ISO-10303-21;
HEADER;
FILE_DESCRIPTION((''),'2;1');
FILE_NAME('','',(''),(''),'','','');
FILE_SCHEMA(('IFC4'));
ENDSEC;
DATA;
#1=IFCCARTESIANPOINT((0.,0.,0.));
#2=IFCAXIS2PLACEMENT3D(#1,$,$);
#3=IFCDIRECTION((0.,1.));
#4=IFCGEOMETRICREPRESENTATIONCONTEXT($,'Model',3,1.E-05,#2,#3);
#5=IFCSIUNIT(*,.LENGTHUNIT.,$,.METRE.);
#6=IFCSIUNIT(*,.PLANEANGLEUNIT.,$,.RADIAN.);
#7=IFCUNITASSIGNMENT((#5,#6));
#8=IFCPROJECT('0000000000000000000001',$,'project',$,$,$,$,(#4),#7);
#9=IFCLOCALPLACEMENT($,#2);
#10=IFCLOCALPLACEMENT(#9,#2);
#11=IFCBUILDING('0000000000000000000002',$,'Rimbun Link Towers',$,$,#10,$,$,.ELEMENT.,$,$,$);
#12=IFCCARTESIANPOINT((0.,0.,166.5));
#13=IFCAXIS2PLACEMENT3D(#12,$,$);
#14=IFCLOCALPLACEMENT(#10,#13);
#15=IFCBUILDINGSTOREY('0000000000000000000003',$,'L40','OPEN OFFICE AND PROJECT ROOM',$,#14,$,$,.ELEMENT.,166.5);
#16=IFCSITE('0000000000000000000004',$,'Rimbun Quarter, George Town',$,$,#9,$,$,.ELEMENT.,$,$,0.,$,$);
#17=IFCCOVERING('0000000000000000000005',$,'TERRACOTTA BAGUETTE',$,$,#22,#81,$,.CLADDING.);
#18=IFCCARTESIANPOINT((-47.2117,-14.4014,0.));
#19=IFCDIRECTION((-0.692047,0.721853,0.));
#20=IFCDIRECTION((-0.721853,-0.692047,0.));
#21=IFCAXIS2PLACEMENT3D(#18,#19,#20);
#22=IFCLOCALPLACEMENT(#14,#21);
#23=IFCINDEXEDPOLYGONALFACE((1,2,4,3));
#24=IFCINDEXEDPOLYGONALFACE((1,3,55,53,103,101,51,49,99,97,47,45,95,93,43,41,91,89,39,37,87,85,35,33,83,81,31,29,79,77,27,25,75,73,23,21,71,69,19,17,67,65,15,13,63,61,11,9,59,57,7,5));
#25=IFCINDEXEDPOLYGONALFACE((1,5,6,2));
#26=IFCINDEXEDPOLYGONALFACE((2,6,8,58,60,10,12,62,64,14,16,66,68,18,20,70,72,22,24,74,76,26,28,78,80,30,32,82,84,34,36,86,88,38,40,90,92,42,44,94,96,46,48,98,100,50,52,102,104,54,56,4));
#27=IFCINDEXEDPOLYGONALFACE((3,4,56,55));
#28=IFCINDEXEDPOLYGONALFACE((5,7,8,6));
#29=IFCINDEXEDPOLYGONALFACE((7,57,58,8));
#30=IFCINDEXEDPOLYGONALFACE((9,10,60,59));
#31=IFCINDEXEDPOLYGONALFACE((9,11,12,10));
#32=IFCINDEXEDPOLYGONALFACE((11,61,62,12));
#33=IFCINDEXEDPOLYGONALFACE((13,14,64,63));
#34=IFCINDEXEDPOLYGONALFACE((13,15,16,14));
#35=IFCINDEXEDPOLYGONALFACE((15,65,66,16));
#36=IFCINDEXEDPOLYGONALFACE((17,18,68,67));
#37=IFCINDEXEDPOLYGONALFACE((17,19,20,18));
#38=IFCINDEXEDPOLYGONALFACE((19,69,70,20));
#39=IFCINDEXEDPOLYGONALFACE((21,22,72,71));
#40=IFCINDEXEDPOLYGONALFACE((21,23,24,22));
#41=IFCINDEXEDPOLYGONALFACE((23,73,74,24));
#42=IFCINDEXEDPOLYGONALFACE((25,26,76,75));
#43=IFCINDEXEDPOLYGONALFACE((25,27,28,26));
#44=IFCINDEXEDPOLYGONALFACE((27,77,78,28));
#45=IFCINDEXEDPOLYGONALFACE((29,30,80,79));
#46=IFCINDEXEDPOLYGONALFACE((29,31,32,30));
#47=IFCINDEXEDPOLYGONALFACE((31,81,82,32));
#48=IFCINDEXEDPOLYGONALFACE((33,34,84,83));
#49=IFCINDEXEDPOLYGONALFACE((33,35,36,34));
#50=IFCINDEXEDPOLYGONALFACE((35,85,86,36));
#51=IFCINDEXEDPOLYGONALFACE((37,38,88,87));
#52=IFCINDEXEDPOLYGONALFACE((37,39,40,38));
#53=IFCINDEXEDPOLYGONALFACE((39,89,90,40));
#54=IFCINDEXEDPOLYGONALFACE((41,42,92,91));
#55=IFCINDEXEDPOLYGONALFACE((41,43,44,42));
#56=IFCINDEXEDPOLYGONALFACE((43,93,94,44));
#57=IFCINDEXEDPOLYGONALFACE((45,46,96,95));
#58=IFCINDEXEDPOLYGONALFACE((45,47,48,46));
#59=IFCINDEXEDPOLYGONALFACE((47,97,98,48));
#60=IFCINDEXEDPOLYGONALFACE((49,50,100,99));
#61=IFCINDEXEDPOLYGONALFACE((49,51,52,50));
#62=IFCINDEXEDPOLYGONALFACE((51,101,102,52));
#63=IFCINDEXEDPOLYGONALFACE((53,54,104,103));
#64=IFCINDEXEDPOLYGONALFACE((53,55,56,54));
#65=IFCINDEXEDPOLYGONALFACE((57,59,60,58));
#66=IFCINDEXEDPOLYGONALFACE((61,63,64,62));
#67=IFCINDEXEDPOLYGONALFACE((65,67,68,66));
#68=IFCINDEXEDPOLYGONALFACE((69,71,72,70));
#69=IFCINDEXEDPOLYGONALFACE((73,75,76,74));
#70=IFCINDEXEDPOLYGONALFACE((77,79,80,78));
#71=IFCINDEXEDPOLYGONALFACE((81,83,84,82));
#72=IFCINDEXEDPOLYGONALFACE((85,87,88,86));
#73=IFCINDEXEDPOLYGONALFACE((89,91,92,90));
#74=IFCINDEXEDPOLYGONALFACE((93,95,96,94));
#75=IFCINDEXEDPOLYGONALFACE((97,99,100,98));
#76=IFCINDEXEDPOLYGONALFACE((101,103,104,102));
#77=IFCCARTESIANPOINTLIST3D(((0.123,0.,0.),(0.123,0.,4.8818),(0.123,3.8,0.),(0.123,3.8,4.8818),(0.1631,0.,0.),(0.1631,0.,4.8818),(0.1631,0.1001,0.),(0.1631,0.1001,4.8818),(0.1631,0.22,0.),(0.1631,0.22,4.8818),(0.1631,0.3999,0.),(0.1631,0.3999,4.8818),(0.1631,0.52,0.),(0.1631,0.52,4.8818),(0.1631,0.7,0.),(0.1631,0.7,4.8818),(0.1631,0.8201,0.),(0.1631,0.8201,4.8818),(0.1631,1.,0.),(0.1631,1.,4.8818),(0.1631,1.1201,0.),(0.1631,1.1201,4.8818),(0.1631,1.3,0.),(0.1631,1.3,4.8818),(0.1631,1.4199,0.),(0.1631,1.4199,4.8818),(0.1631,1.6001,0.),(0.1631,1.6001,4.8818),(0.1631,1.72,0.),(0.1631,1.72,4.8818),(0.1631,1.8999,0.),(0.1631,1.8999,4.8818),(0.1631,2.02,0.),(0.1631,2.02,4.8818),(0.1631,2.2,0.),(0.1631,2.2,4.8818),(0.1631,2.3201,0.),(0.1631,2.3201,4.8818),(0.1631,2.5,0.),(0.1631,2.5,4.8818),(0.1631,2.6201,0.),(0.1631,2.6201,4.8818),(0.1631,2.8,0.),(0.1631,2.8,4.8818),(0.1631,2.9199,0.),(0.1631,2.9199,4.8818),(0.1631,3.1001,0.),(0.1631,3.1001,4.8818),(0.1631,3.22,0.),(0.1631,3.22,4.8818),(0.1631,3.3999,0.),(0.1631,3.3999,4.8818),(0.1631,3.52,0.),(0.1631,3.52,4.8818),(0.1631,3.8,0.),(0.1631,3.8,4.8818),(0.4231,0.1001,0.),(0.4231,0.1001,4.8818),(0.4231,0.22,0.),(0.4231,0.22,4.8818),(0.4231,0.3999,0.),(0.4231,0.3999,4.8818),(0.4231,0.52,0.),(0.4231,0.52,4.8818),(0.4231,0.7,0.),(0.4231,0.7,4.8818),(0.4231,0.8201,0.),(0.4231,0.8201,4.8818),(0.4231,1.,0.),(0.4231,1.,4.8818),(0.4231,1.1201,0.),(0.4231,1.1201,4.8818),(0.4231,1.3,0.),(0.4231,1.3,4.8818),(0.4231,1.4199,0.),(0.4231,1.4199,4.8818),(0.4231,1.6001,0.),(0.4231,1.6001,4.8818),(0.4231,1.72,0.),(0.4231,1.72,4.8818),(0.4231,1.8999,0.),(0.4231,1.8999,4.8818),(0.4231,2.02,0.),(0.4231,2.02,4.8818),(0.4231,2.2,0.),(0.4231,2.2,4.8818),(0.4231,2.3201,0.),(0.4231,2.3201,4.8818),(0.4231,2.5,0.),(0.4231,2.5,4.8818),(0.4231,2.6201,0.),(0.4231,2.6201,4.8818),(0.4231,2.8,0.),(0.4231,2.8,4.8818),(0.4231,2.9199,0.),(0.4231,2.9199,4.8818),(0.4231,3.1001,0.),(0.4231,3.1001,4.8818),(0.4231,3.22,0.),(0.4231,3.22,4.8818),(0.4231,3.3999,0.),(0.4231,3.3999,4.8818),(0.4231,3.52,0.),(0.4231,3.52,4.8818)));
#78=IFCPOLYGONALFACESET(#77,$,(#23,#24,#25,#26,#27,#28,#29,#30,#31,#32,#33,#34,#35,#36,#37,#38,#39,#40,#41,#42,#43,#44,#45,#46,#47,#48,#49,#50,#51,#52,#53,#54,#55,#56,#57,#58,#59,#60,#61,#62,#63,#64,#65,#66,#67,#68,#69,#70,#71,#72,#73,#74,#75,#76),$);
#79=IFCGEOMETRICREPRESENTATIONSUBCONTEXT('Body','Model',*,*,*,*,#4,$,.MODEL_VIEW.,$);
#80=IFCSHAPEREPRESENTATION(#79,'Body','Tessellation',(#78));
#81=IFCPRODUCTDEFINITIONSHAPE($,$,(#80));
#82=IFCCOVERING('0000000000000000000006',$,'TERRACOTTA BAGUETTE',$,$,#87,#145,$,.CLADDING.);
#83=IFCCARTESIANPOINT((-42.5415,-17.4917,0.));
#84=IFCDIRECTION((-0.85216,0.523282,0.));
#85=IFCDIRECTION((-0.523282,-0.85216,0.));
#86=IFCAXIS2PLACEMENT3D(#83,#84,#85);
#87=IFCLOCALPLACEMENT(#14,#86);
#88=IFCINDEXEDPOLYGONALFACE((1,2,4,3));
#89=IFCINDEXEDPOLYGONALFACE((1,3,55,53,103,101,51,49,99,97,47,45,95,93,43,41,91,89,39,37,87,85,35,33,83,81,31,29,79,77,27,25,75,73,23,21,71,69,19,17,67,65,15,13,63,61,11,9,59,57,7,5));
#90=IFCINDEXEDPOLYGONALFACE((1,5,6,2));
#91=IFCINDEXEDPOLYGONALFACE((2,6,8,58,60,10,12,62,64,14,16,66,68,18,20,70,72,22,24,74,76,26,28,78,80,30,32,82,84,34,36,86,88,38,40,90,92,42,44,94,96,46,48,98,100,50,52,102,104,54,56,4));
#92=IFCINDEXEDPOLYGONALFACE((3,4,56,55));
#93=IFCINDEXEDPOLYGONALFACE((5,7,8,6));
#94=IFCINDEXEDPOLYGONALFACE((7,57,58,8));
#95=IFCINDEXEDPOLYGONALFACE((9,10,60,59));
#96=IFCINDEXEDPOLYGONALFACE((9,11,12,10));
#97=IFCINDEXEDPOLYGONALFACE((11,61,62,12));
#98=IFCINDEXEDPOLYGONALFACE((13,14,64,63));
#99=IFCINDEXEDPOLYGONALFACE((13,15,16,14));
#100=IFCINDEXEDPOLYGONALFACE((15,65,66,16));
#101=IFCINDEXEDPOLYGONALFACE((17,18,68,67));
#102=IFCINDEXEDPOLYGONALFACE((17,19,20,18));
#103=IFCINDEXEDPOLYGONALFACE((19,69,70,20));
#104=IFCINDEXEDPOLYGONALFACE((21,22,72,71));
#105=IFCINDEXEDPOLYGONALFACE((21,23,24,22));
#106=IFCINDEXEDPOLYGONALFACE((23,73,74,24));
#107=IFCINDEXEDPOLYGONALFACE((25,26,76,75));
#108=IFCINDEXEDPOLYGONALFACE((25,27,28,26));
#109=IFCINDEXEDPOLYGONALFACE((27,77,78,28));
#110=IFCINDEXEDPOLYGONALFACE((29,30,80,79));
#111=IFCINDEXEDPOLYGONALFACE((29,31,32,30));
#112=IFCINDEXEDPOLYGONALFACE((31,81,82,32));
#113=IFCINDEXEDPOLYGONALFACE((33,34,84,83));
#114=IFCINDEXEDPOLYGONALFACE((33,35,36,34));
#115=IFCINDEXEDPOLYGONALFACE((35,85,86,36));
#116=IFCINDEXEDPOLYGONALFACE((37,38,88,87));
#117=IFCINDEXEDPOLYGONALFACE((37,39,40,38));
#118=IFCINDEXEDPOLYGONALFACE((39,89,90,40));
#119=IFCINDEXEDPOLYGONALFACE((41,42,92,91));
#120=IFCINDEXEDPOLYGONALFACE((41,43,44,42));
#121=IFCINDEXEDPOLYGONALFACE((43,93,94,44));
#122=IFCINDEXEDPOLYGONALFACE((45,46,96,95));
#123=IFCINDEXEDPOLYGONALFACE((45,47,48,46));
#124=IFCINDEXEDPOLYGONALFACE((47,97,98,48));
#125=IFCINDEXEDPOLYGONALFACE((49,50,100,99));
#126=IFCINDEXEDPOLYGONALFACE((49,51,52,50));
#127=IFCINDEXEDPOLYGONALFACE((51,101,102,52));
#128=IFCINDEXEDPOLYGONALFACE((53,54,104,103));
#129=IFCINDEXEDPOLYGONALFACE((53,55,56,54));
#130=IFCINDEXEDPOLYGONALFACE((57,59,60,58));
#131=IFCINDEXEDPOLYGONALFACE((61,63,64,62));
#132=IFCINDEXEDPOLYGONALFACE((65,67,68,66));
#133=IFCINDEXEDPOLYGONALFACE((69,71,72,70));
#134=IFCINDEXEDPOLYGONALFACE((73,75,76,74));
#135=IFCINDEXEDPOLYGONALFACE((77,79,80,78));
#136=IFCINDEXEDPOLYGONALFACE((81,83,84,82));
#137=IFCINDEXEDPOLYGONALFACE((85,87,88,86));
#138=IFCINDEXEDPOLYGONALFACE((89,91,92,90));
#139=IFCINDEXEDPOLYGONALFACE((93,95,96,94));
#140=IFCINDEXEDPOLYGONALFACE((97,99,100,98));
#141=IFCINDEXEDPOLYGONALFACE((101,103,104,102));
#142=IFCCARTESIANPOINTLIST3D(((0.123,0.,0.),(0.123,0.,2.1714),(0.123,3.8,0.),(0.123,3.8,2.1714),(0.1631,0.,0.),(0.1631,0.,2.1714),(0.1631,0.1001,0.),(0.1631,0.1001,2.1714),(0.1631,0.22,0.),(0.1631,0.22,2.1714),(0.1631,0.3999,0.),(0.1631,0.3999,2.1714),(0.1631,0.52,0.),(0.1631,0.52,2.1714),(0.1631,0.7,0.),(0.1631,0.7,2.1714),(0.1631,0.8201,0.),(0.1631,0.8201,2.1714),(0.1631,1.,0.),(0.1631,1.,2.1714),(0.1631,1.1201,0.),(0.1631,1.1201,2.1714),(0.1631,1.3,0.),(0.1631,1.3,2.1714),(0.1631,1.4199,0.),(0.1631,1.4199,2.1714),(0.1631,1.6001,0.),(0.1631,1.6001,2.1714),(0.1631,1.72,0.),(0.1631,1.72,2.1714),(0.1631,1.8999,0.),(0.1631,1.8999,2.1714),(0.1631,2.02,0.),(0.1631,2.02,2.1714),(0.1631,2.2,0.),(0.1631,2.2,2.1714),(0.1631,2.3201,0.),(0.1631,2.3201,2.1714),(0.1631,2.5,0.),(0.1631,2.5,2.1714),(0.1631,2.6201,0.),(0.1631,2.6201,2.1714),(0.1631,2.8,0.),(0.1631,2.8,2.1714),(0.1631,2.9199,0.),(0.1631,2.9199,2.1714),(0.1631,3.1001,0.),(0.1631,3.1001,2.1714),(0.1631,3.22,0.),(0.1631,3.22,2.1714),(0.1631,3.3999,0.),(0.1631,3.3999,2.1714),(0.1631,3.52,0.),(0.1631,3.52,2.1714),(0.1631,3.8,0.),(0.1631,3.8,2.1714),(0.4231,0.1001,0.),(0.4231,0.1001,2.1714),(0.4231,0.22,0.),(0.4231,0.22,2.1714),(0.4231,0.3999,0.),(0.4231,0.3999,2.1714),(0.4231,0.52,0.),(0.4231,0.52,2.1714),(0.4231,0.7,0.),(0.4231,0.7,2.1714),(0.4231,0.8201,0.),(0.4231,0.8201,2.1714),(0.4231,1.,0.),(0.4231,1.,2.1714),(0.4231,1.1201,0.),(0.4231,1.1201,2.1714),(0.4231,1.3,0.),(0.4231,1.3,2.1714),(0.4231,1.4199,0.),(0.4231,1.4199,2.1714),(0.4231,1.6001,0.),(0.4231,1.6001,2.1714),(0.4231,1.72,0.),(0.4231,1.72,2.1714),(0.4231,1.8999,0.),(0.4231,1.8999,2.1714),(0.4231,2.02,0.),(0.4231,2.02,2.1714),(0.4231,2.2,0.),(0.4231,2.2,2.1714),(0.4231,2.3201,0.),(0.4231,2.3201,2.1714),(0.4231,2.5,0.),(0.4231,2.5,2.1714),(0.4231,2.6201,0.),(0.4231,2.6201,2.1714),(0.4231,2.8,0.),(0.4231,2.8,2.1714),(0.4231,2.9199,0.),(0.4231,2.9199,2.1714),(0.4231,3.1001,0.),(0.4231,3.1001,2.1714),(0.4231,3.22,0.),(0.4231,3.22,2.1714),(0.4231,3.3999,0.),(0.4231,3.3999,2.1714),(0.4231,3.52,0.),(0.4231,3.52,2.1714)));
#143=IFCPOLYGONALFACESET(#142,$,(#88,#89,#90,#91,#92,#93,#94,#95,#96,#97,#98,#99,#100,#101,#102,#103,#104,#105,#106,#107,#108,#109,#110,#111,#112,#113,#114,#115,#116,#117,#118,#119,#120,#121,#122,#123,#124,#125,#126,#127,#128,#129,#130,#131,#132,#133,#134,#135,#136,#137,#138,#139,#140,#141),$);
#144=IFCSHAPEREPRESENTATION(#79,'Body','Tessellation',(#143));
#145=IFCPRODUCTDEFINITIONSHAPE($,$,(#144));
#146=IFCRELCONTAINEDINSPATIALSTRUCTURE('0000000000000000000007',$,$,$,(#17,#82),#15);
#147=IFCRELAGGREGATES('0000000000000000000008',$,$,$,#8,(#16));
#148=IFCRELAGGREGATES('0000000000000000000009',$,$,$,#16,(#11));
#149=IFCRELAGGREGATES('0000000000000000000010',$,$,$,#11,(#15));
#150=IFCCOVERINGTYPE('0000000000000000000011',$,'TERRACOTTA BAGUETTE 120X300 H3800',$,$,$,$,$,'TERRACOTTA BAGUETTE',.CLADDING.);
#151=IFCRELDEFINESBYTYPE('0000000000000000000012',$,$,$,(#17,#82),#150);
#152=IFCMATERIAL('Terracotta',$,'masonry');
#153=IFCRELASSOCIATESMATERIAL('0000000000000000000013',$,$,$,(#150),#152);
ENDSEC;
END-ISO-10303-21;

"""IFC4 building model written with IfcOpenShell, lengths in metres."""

from ifc_helpers import new_model, si_unit, direction, frame, origin, place, context, subcontext, project, spatial, polyline, outline, extrude, material, material_profile, profile_set, type_object, element, save


model = new_model("IFC4")

# Units and contexts
model_context = context("Model", 3, precision=1e-05, world=origin(), true_north=direction((0.0, 1.0)))
body_context = subcontext(model_context, "Body", "Model", "MODEL_VIEW")
ifc_project = project(units=[si_unit("LENGTHUNIT", "METRE"), si_unit("PLANEANGLEUNIT", "RADIAN")], contexts=[model_context])

# Site, building, storey
site_placement = place(None, origin())
site = spatial("IfcSite", under=ifc_project, at=site_placement, Name="Rimbun Quarter, George Town", CompositionType="ELEMENT", RefElevation=0.0)
building_placement = place(site_placement, origin())
building = spatial("IfcBuilding", under=site, at=building_placement, Name="Rimbun Link Towers", CompositionType="ELEMENT")
storey_placement = place(building_placement, frame((0.0, 0.0, 166.5)))
storey = spatial("IfcBuildingStorey", under=building, at=storey_placement, Name="L40", Description="OPEN OFFICE AND PROJECT ROOM", CompositionType="ELEMENT", Elevation=166.5)

# Coverings
ifc_material_1 = material(Name="Terracotta", Category="masonry")
ifc_material_profile_1 = material_profile(ifc_material_1, outline(polyline([(0.123, 0.0), (0.1631, 0.0), (0.1631, 0.1001), (0.4231, 0.1001), (0.4231, 0.22), (0.1631, 0.22), (0.1631, 0.3999), (0.4231, 0.3999), (0.4231, 0.52), (0.1631, 0.52), (0.1631, 0.7), (0.4231, 0.7), (0.4231, 0.8201), (0.1631, 0.8201), (0.1631, 1.0), (0.4231, 1.0), (0.4231, 1.1201), (0.1631, 1.1201), (0.1631, 1.3), (0.4231, 1.3), (0.4231, 1.4199), (0.1631, 1.4199), (0.1631, 1.6001), (0.4231, 1.6001), (0.4231, 1.72), (0.1631, 1.72), (0.1631, 1.8999), (0.4231, 1.8999), (0.4231, 2.02), (0.1631, 2.02), (0.1631, 2.2), (0.4231, 2.2), (0.4231, 2.3201), (0.1631, 2.3201), (0.1631, 2.5), (0.4231, 2.5), (0.4231, 2.6201), (0.1631, 2.6201), (0.1631, 2.8), (0.4231, 2.8), (0.4231, 2.9199), (0.1631, 2.9199), (0.1631, 3.1001), (0.4231, 3.1001), (0.4231, 3.22), (0.1631, 3.22), (0.1631, 3.3999), (0.4231, 3.3999), (0.4231, 3.52), (0.1631, 3.52), (0.1631, 3.8), (0.123, 3.8), (0.123, 0.0)])), Name="BAGUETTE 120X300")
ifc_profile_set_1 = profile_set([ifc_material_profile_1], Name="Terracotta")
covering_type = type_object("IfcCoveringType", Name="TERRACOTTA BAGUETTE 120X300 H3800", ElementType="TERRACOTTA BAGUETTE", PredefinedType="CLADDING", material=ifc_profile_set_1)
covering_1_placement = place(storey_placement, frame((-47.2117, -14.4014, 0.0), z_axis=(-0.692047, 0.721853, 0.0), x_axis=(-0.721853, -0.692047, 0.0)))
element("IfcCovering", 1, at=covering_1_placement, inside=storey, type_object=covering_type, Name="TERRACOTTA BAGUETTE", PredefinedType="CLADDING", context=body_context, shape_type="SweptSolid", body=[
    extrude(outline(polyline([(0.123, 0.0), (0.1631, 0.0), (0.1631, 0.1001), (0.4231, 0.1001), (0.4231, 0.22), (0.1631, 0.22), (0.1631, 0.3999), (0.4231, 0.3999), (0.4231, 0.52), (0.1631, 0.52), (0.1631, 0.7), (0.4231, 0.7), (0.4231, 0.8201), (0.1631, 0.8201), (0.1631, 1.0), (0.4231, 1.0), (0.4231, 1.1201), (0.1631, 1.1201), (0.1631, 1.3), (0.4231, 1.3), (0.4231, 1.4199), (0.1631, 1.4199), (0.1631, 1.6001), (0.4231, 1.6001), (0.4231, 1.72), (0.1631, 1.72), (0.1631, 1.8999), (0.4231, 1.8999), (0.4231, 2.02), (0.1631, 2.02), (0.1631, 2.2), (0.4231, 2.2), (0.4231, 2.3201), (0.1631, 2.3201), (0.1631, 2.5), (0.4231, 2.5), (0.4231, 2.6201), (0.1631, 2.6201), (0.1631, 2.8), (0.4231, 2.8), (0.4231, 2.9199), (0.1631, 2.9199), (0.1631, 3.1001), (0.4231, 3.1001), (0.4231, 3.22), (0.1631, 3.22), (0.1631, 3.3999), (0.4231, 3.3999), (0.4231, 3.52), (0.1631, 3.52), (0.1631, 3.8), (0.123, 3.8), (0.123, 0.0)])), origin(), (0.0, 0.0, 1.0), 4.8818),
])
covering_2_placement = place(storey_placement, frame((-42.5415, -17.4917, 0.0), z_axis=(-0.85216, 0.523282, 0.0), x_axis=(-0.523282, -0.85216, 0.0)))
element("IfcCovering", 2, at=covering_2_placement, inside=storey, type_object=covering_type, Name="TERRACOTTA BAGUETTE", PredefinedType="CLADDING", context=body_context, shape_type="SweptSolid", body=[
    extrude(outline(polyline([(0.123, 0.0), (0.1631, 0.0), (0.1631, 0.1001), (0.4231, 0.1001), (0.4231, 0.22), (0.1631, 0.22), (0.1631, 0.3999), (0.4231, 0.3999), (0.4231, 0.52), (0.1631, 0.52), (0.1631, 0.7), (0.4231, 0.7), (0.4231, 0.8201), (0.1631, 0.8201), (0.1631, 1.0), (0.4231, 1.0), (0.4231, 1.1201), (0.1631, 1.1201), (0.1631, 1.3), (0.4231, 1.3), (0.4231, 1.4199), (0.1631, 1.4199), (0.1631, 1.6001), (0.4231, 1.6001), (0.4231, 1.72), (0.1631, 1.72), (0.1631, 1.8999), (0.4231, 1.8999), (0.4231, 2.02), (0.1631, 2.02), (0.1631, 2.2), (0.4231, 2.2), (0.4231, 2.3201), (0.1631, 2.3201), (0.1631, 2.5), (0.4231, 2.5), (0.4231, 2.6201), (0.1631, 2.6201), (0.1631, 2.8), (0.4231, 2.8), (0.4231, 2.9199), (0.1631, 2.9199), (0.1631, 3.1001), (0.4231, 3.1001), (0.4231, 3.22), (0.1631, 3.22), (0.1631, 3.3999), (0.4231, 3.3999), (0.4231, 3.52), (0.1631, 3.52), (0.1631, 3.8), (0.123, 3.8), (0.123, 0.0)])), origin(), (0.0, 0.0, 1.0), 2.1714),
])

save(model, "model.ifc")
